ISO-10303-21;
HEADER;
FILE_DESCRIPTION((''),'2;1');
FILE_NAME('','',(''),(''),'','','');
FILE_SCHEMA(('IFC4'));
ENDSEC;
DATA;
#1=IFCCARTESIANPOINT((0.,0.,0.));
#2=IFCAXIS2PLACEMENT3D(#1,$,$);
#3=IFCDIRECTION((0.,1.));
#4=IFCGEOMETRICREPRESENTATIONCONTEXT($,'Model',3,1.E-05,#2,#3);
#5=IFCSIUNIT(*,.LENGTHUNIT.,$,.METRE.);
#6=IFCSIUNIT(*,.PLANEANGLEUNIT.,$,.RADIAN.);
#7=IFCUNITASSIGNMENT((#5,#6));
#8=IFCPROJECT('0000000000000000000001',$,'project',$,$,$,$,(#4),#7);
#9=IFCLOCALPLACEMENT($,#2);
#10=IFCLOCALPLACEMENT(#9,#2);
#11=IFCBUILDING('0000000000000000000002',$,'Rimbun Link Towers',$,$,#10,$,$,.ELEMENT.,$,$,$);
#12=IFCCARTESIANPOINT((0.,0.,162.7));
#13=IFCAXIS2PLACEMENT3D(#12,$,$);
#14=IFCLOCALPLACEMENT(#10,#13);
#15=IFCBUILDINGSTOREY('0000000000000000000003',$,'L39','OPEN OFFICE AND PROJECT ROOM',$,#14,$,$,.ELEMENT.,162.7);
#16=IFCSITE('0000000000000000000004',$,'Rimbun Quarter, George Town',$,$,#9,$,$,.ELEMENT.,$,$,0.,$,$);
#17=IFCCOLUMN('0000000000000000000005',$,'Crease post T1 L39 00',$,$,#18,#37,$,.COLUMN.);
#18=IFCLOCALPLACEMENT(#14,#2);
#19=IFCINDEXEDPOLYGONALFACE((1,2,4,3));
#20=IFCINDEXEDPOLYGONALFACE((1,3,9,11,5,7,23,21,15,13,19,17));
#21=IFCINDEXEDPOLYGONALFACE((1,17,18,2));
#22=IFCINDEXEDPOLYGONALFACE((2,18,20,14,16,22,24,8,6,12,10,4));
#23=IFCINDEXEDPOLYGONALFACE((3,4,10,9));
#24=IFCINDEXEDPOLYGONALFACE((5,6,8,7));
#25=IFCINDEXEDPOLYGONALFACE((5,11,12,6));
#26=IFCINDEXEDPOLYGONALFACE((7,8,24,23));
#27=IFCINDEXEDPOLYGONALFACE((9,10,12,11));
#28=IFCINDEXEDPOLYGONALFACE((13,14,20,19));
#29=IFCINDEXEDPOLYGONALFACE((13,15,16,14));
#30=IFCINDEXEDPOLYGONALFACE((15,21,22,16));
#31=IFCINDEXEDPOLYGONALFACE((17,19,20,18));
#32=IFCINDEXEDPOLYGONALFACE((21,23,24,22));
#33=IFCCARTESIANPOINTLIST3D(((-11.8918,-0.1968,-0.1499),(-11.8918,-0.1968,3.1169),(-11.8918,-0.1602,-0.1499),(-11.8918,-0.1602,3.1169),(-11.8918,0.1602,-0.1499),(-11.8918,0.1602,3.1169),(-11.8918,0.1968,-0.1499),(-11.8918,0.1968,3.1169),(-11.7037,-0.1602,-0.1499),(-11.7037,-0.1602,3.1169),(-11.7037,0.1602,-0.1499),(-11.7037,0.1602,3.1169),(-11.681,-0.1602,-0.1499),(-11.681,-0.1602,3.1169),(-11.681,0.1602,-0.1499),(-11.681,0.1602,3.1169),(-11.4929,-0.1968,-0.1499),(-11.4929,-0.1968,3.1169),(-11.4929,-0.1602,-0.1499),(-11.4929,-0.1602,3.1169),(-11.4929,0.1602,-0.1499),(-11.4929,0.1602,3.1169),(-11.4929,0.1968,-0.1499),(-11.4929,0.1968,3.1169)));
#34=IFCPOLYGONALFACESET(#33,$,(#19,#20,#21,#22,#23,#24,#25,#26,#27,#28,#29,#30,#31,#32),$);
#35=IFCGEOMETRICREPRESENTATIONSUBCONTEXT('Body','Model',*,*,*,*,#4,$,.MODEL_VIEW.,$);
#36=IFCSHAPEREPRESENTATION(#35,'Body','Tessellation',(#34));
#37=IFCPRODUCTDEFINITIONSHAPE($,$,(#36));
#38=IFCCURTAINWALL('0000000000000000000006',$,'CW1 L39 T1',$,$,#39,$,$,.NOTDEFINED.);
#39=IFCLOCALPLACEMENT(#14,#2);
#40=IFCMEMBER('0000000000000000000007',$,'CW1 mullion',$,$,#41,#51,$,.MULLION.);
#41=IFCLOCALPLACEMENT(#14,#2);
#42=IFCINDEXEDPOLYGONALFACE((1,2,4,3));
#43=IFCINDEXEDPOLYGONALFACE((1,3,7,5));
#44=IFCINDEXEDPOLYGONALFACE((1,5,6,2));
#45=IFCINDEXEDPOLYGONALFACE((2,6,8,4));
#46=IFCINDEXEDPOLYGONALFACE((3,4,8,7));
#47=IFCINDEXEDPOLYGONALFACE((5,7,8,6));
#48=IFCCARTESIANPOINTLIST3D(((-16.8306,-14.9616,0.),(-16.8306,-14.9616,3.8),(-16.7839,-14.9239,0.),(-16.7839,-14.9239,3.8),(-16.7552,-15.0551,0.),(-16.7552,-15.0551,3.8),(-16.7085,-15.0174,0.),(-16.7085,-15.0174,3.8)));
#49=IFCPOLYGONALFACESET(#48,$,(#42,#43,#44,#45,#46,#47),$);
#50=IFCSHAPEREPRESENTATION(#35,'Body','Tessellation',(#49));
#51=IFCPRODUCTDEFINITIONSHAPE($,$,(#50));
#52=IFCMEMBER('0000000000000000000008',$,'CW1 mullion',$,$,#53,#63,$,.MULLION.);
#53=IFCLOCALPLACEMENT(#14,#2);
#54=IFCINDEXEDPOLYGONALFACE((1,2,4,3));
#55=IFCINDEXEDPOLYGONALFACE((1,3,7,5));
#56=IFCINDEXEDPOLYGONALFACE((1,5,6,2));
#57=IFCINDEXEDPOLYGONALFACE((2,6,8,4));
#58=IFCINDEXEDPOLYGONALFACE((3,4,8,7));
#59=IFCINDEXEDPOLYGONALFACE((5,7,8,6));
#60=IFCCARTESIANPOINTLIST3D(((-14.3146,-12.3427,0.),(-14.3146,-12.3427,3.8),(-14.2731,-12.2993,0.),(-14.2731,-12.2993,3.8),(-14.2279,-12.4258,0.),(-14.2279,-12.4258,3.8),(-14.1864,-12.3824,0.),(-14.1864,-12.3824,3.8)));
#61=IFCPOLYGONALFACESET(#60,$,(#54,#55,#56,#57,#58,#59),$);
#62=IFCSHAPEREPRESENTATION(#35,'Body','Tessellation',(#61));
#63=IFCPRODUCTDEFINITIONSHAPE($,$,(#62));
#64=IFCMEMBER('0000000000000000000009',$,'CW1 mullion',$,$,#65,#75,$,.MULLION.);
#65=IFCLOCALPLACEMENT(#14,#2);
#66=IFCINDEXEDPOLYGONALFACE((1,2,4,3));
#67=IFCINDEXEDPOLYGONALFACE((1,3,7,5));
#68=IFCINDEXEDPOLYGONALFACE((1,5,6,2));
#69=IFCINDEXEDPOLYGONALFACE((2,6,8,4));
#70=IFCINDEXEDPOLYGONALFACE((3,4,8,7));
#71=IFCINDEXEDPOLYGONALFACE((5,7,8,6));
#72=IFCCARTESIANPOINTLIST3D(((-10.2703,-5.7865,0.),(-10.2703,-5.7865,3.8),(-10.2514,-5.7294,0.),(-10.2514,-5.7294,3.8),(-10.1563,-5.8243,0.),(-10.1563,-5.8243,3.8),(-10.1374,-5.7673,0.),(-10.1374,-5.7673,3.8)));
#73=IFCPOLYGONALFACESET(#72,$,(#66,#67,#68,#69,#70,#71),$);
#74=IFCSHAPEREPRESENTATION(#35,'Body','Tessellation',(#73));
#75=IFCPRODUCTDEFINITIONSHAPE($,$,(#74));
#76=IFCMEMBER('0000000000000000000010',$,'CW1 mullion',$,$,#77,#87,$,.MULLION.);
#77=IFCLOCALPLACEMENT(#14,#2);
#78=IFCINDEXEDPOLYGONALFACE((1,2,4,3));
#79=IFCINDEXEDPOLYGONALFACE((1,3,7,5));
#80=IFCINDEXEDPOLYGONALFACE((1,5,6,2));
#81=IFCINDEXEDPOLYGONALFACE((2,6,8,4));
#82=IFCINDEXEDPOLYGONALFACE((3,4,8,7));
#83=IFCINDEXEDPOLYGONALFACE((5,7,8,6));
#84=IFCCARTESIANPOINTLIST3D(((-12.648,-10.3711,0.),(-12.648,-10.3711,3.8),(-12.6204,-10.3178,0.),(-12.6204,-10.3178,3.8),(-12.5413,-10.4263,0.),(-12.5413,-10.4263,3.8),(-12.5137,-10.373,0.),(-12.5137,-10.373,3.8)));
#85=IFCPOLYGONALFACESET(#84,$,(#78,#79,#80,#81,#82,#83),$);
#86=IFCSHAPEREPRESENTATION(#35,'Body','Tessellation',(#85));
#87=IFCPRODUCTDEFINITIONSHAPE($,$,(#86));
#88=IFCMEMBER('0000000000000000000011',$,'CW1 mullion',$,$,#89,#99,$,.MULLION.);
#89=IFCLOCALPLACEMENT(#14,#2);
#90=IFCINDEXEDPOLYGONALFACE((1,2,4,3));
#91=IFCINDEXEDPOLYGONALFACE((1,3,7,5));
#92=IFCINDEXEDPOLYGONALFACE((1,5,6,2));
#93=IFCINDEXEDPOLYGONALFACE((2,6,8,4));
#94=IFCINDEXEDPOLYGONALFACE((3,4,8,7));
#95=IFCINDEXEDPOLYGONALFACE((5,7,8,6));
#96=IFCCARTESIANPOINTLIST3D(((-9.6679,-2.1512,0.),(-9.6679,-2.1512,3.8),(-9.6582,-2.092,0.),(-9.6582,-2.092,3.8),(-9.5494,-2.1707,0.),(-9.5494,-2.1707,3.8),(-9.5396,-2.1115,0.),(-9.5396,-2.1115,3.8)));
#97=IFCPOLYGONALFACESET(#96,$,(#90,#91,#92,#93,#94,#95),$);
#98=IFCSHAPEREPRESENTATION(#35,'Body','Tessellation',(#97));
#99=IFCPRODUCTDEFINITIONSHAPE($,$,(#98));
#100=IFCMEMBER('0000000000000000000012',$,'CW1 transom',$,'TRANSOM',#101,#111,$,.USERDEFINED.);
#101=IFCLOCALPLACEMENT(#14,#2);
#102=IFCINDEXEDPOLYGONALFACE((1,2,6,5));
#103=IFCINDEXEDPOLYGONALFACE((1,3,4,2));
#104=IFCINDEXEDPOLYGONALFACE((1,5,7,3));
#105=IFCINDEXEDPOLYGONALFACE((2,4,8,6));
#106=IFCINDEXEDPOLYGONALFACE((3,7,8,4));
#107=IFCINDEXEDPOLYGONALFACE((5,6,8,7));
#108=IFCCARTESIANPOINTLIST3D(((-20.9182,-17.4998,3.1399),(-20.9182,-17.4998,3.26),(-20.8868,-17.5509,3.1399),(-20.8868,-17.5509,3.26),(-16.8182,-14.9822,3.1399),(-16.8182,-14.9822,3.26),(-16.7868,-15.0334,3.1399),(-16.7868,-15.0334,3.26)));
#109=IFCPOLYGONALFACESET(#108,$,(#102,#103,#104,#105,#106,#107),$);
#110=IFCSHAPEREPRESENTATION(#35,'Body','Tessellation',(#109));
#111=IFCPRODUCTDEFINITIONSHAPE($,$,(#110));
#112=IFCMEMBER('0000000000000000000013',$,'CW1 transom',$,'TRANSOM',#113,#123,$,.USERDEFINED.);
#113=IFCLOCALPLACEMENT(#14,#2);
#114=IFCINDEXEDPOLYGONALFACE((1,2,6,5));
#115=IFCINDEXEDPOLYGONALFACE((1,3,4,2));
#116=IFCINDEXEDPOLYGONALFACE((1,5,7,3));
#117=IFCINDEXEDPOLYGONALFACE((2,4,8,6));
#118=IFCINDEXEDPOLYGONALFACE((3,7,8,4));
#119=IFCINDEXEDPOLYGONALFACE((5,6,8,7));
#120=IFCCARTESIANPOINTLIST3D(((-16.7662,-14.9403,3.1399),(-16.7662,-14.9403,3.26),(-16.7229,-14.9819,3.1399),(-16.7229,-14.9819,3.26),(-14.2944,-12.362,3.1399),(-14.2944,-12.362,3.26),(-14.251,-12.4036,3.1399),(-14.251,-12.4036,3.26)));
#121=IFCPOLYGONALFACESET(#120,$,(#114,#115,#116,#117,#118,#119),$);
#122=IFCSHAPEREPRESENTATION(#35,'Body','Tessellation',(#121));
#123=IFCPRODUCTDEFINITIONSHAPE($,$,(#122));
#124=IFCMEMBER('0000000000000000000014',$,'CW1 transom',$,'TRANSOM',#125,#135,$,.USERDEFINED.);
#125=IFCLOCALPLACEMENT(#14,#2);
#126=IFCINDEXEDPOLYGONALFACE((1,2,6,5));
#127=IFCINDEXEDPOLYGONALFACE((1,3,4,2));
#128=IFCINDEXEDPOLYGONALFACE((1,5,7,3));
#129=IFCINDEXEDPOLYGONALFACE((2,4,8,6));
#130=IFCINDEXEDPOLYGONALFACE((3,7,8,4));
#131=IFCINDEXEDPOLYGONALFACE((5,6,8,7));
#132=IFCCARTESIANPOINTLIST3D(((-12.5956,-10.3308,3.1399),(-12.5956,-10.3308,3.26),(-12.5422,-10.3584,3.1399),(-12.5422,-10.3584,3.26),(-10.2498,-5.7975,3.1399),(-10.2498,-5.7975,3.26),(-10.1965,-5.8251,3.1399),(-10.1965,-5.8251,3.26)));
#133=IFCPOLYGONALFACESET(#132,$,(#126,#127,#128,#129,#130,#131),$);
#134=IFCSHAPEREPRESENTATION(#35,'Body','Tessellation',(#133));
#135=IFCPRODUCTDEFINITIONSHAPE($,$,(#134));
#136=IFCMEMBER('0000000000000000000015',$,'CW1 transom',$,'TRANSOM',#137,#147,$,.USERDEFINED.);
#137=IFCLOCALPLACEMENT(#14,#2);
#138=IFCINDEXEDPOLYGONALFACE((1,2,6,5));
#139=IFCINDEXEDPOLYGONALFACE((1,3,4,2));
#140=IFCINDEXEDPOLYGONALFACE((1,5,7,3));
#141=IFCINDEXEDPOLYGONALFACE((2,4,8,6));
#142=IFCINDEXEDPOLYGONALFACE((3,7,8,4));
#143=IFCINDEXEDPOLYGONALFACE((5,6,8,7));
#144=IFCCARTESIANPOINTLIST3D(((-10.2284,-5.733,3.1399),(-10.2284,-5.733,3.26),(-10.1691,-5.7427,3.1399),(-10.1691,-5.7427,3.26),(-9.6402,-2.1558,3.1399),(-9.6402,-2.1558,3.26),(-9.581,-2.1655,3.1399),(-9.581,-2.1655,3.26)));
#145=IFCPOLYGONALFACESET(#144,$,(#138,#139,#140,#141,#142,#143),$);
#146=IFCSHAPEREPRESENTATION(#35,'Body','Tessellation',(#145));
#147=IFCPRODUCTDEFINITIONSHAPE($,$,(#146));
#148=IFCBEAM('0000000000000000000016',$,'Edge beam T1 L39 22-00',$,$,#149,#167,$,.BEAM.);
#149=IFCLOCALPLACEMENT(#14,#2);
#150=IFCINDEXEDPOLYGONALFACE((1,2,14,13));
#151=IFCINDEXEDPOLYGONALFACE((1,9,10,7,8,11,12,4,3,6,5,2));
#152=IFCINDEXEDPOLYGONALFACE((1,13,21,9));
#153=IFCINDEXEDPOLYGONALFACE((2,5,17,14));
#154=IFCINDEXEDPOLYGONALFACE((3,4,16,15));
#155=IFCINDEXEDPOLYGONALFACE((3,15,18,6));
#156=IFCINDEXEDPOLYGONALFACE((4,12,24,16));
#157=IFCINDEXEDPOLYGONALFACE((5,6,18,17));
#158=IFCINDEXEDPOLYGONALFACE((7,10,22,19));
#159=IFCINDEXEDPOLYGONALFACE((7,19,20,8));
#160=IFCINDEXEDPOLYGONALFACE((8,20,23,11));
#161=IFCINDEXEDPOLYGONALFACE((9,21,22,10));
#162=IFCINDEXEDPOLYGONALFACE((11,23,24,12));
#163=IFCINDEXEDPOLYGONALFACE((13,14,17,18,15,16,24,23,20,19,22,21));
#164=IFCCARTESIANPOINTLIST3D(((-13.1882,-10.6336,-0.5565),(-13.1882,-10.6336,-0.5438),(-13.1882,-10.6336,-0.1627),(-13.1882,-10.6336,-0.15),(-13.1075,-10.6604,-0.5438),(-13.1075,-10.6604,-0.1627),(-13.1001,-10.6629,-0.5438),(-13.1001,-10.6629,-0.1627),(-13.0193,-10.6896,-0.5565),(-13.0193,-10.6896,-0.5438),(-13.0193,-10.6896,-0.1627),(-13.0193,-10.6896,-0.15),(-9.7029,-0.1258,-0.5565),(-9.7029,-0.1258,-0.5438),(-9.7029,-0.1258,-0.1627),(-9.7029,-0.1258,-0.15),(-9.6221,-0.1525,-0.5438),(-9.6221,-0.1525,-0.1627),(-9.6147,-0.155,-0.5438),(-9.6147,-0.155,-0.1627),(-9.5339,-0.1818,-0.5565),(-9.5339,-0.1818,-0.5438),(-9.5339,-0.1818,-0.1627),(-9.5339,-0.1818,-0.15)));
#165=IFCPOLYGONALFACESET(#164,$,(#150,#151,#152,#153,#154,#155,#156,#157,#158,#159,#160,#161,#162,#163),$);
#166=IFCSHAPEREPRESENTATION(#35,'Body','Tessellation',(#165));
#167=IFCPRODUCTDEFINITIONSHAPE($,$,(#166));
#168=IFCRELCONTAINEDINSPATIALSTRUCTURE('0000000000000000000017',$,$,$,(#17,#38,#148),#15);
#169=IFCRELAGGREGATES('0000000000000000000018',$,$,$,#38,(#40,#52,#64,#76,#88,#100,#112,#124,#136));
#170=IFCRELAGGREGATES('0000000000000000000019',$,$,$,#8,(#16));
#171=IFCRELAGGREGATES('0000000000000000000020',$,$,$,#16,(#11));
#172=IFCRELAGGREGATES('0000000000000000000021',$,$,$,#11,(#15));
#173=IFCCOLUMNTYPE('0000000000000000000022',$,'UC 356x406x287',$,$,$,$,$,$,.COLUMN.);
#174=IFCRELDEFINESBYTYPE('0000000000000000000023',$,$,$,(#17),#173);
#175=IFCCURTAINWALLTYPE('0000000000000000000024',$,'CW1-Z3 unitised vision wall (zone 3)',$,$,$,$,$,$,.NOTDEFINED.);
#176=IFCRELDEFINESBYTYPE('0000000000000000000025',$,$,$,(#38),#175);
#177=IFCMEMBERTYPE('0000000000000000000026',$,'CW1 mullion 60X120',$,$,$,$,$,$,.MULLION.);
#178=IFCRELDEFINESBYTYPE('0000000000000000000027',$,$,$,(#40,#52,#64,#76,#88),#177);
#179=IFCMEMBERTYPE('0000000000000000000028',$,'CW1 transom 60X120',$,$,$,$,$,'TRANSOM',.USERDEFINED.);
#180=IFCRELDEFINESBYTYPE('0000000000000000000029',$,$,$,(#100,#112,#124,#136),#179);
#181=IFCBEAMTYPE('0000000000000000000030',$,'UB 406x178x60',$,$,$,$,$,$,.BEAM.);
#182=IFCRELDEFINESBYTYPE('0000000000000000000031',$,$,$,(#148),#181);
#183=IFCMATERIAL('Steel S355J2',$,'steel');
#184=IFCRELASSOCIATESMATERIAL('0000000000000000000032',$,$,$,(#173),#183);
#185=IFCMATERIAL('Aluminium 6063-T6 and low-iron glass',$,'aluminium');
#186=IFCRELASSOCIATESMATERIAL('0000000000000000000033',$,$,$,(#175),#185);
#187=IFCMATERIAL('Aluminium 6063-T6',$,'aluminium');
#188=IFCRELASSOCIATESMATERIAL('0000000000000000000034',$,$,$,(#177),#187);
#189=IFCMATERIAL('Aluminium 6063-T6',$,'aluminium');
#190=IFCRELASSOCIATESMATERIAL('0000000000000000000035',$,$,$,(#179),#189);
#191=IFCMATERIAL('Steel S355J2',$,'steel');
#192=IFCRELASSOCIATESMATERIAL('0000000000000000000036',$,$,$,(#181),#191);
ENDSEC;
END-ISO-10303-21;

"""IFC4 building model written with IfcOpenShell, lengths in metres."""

from ifc_helpers import new_model, si_unit, direction, frame, origin, origin_2d, place, context, subcontext, project, spatial, rectangle, i_section, extrude, material, material_profile, profile_set, type_object, element, aggregate, save


model = new_model("IFC4")

# Units and contexts
model_context = context("Model", 3, precision=1e-05, world=origin(), true_north=direction((0.0, 1.0)))
body_context = subcontext(model_context, "Body", "Model", "MODEL_VIEW")
ifc_project = project(units=[si_unit("LENGTHUNIT", "METRE"), si_unit("PLANEANGLEUNIT", "RADIAN")], contexts=[model_context])

# Site, building, storey
site_placement = place(None, origin())
site = spatial("IfcSite", under=ifc_project, at=site_placement, Name="Rimbun Quarter, George Town", CompositionType="ELEMENT", RefElevation=0.0)
building_placement = place(site_placement, origin())
building = spatial("IfcBuilding", under=site, at=building_placement, Name="Rimbun Link Towers", CompositionType="ELEMENT")
storey_placement = place(building_placement, frame((0.0, 0.0, 162.7)))
storey = spatial("IfcBuildingStorey", under=building, at=storey_placement, Name="L39", Description="OPEN OFFICE AND PROJECT ROOM", CompositionType="ELEMENT", Elevation=162.7)

# Column
ifc_material_1 = material(Name="Steel S355J2", Category="steel")
ifc_material_profile_1 = material_profile(ifc_material_1, i_section(OverallWidth=0.3989, OverallDepth=0.3936, WebThickness=0.0227, FlangeThickness=0.0366, at=origin_2d()), Name="UC 356x406x287")
ifc_profile_set_1 = profile_set([ifc_material_profile_1], Name="Steel S355J2")
column_type = type_object("IfcColumnType", Name="UC 356x406x287", PredefinedType="COLUMN", material=ifc_profile_set_1)
column_placement = place(storey_placement, frame((-11.6924, 0.0, -0.1499), z_axis=(0.0, 0.0, 1.0), x_axis=(1.0, 0.0, 0.0)))
element("IfcColumn", 1, at=column_placement, inside=storey, type_object=column_type, Name="Crease post T1 L39 00", PredefinedType="COLUMN", context=body_context, shape_type="SweptSolid", body=[
    extrude(i_section(OverallWidth=0.3989, OverallDepth=0.3936, WebThickness=0.0227, FlangeThickness=0.0366, at=origin_2d()), origin(), (0.0, 0.0, 1.0), 3.2668),
])

# Curtain wall, members
ifc_material_2 = material(Name="Aluminium 6063-T6 and low-iron glass", Category="aluminium")
curtain_wall_type = type_object("IfcCurtainWallType", Name="CW1-Z3 unitised vision wall (zone 3)", PredefinedType="NOTDEFINED", material=ifc_material_2)
curtain_wall_placement = place(storey_placement, origin())
curtain_wall = element("IfcCurtainWall", 2, at=curtain_wall_placement, inside=storey, type_object=curtain_wall_type, Name="CW1 L39 T1", PredefinedType="NOTDEFINED")
ifc_material_3 = material(Name="Aluminium 6063-T6", Category="aluminium")
ifc_material_profile_2 = material_profile(ifc_material_3, rectangle(XDim=0.1201, YDim=0.0601, at=origin_2d()), Name="MULLION 60X120")
ifc_profile_set_2 = profile_set([ifc_material_profile_2], Name="Aluminium 6063-T6")
member_type_1 = type_object("IfcMemberType", Name="CW1 mullion 60X120", PredefinedType="MULLION", material=ifc_profile_set_2)
member_1_placement = place(storey_placement, frame((-16.7695, -14.9895, 0.0), z_axis=(0.0, 0.0, 1.0), x_axis=(0.627676, -0.778475, 0.0)))
member_1 = element("IfcMember", 3, at=member_1_placement, type_object=member_type_1, Name="CW1 mullion", PredefinedType="MULLION", context=body_context, shape_type="SweptSolid", body=[
    extrude(rectangle(XDim=0.1201, YDim=0.0601, at=origin_2d()), origin(), (0.0, 0.0, 1.0), 3.8),
])
member_2_placement = place(storey_placement, frame((-14.2505, -12.3625, 0.0), z_axis=(0.0, 0.0, 1.0), x_axis=(0.721847, -0.692052, 0.0)))
member_2 = element("IfcMember", 4, at=member_2_placement, type_object=member_type_1, Name="CW1 mullion", PredefinedType="MULLION", context=body_context, shape_type="SweptSolid", body=[
    extrude(rectangle(XDim=0.1201, YDim=0.0601, at=origin_2d()), origin(), (0.0, 0.0, 1.0), 3.8),
])
member_3_placement = place(storey_placement, frame((-10.2039, -5.7769, 0.0), z_axis=(0.0, 0.0, 1.0), x_axis=(0.94916, -0.314794, 0.0)))
member_3 = element("IfcMember", 5, at=member_3_placement, type_object=member_type_1, Name="CW1 mullion", PredefinedType="MULLION", context=body_context, shape_type="SweptSolid", body=[
    extrude(rectangle(XDim=0.1201, YDim=0.0601, at=origin_2d()), origin(), (0.0, 0.0, 1.0), 3.8),
])
member_4_placement = place(storey_placement, frame((-12.5808, -10.3721, 0.0), z_axis=(0.0, 0.0, 1.0), x_axis=(0.888144, -0.459565, 0.0)))
member_4 = element("IfcMember", 6, at=member_4_placement, type_object=member_type_1, Name="CW1 mullion", PredefinedType="MULLION", context=body_context, shape_type="SweptSolid", body=[
    extrude(rectangle(XDim=0.1201, YDim=0.0601, at=origin_2d()), origin(), (0.0, 0.0, 1.0), 3.8),
])
member_5_placement = place(storey_placement, frame((-9.6038, -2.1313, 0.0), z_axis=(0.0, 0.0, 1.0), x_axis=(0.986749, -0.162253, 0.0)))
member_5 = element("IfcMember", 7, at=member_5_placement, type_object=member_type_1, Name="CW1 mullion", PredefinedType="MULLION", context=body_context, shape_type="SweptSolid", body=[
    extrude(rectangle(XDim=0.1201, YDim=0.0601, at=origin_2d()), origin(), (0.0, 0.0, 1.0), 3.8),
])
ifc_material_4 = material(Name="Aluminium 6063-T6", Category="aluminium")
ifc_material_profile_3 = material_profile(ifc_material_4, rectangle(XDim=0.0601, YDim=0.1201, at=origin_2d()), Name="TRANSOM 60X120")
ifc_profile_set_3 = profile_set([ifc_material_profile_3], Name="Aluminium 6063-T6")
member_type_2 = type_object("IfcMemberType", Name="CW1 transom 60X120", ElementType="TRANSOM", PredefinedType="USERDEFINED", material=ifc_profile_set_3)
member_6_placement = place(storey_placement, frame((-16.8025, -15.0078, 3.2), z_axis=(-0.852174, -0.523259, 0.0), x_axis=(0.523259, -0.852174, 0.0)))
member_6 = element("IfcMember", 8, at=member_6_placement, type_object=member_type_2, Name="CW1 transom", ObjectType="TRANSOM", PredefinedType="USERDEFINED", context=body_context, shape_type="SweptSolid", body=[
    extrude(rectangle(XDim=0.0601, YDim=0.1201, at=origin_2d()), origin(), (0.0, 0.0, 1.0), 4.8113),
])
member_7_placement = place(storey_placement, frame((-14.2727, -12.3828, 3.2), z_axis=(-0.692049, -0.72185, 0.0), x_axis=(0.72185, -0.692049, 0.0)))
member_7 = element("IfcMember", 9, at=member_7_placement, type_object=member_type_2, Name="CW1 transom", ObjectType="TRANSOM", PredefinedType="USERDEFINED", context=body_context, shape_type="SweptSolid", body=[
    extrude(rectangle(XDim=0.0601, YDim=0.1201, at=origin_2d()), origin(), (0.0, 0.0, 1.0), 3.5718),
])
member_8_placement = place(storey_placement, frame((-10.2231, -5.8113, 3.2), z_axis=(-0.459569, -0.888142, 0.0), x_axis=(0.888142, -0.459569, 0.0)))
member_8 = element("IfcMember", 10, at=member_8_placement, type_object=member_type_2, Name="CW1 transom", ObjectType="TRANSOM", PredefinedType="USERDEFINED", context=body_context, shape_type="SweptSolid", body=[
    extrude(rectangle(XDim=0.0601, YDim=0.1201, at=origin_2d()), origin(), (0.0, 0.0, 1.0), 5.1042),
])
member_9_placement = place(storey_placement, frame((-9.6106, -2.1606, 3.2), z_axis=(-0.162236, -0.986752, 0.0), x_axis=(0.986752, -0.162236, 0.0)))
member_9 = element("IfcMember", 11, at=member_9_placement, type_object=member_type_2, Name="CW1 transom", ObjectType="TRANSOM", PredefinedType="USERDEFINED", context=body_context, shape_type="SweptSolid", body=[
    extrude(rectangle(XDim=0.0601, YDim=0.1201, at=origin_2d()), origin(), (0.0, 0.0, 1.0), 3.6252),
])

# Beam
ifc_material_5 = material(Name="Steel S355J2", Category="steel")
ifc_material_profile_4 = material_profile(ifc_material_5, i_section(OverallWidth=0.178, OverallDepth=0.4065, WebThickness=0.0078, FlangeThickness=0.0127, at=origin_2d()), Name="UB 406x178x60")
ifc_profile_set_4 = profile_set([ifc_material_profile_4], Name="Steel S355J2")
beam_type = type_object("IfcBeamType", Name="UB 406x178x60", PredefinedType="BEAM", material=ifc_profile_set_4)
beam_placement = place(storey_placement, frame((-13.1038, -10.6616, -0.3533), z_axis=(0.314825, 0.94915, 0.0), x_axis=(-0.94915, 0.314825, 0.0)))
element("IfcBeam", 12, at=beam_placement, inside=storey, type_object=beam_type, Name="Edge beam T1 L39 22-00", PredefinedType="BEAM", context=body_context, shape_type="SweptSolid", body=[
    extrude(i_section(OverallWidth=0.178, OverallDepth=0.4065, WebThickness=0.0078, FlangeThickness=0.0127, at=origin_2d()), origin(), (0.0, 0.0, 1.0), 11.0708),
])

aggregate(curtain_wall, [member_1, member_2, member_3, member_4, member_5, member_6, member_7, member_8, member_9])

save(model, "model.ifc")
